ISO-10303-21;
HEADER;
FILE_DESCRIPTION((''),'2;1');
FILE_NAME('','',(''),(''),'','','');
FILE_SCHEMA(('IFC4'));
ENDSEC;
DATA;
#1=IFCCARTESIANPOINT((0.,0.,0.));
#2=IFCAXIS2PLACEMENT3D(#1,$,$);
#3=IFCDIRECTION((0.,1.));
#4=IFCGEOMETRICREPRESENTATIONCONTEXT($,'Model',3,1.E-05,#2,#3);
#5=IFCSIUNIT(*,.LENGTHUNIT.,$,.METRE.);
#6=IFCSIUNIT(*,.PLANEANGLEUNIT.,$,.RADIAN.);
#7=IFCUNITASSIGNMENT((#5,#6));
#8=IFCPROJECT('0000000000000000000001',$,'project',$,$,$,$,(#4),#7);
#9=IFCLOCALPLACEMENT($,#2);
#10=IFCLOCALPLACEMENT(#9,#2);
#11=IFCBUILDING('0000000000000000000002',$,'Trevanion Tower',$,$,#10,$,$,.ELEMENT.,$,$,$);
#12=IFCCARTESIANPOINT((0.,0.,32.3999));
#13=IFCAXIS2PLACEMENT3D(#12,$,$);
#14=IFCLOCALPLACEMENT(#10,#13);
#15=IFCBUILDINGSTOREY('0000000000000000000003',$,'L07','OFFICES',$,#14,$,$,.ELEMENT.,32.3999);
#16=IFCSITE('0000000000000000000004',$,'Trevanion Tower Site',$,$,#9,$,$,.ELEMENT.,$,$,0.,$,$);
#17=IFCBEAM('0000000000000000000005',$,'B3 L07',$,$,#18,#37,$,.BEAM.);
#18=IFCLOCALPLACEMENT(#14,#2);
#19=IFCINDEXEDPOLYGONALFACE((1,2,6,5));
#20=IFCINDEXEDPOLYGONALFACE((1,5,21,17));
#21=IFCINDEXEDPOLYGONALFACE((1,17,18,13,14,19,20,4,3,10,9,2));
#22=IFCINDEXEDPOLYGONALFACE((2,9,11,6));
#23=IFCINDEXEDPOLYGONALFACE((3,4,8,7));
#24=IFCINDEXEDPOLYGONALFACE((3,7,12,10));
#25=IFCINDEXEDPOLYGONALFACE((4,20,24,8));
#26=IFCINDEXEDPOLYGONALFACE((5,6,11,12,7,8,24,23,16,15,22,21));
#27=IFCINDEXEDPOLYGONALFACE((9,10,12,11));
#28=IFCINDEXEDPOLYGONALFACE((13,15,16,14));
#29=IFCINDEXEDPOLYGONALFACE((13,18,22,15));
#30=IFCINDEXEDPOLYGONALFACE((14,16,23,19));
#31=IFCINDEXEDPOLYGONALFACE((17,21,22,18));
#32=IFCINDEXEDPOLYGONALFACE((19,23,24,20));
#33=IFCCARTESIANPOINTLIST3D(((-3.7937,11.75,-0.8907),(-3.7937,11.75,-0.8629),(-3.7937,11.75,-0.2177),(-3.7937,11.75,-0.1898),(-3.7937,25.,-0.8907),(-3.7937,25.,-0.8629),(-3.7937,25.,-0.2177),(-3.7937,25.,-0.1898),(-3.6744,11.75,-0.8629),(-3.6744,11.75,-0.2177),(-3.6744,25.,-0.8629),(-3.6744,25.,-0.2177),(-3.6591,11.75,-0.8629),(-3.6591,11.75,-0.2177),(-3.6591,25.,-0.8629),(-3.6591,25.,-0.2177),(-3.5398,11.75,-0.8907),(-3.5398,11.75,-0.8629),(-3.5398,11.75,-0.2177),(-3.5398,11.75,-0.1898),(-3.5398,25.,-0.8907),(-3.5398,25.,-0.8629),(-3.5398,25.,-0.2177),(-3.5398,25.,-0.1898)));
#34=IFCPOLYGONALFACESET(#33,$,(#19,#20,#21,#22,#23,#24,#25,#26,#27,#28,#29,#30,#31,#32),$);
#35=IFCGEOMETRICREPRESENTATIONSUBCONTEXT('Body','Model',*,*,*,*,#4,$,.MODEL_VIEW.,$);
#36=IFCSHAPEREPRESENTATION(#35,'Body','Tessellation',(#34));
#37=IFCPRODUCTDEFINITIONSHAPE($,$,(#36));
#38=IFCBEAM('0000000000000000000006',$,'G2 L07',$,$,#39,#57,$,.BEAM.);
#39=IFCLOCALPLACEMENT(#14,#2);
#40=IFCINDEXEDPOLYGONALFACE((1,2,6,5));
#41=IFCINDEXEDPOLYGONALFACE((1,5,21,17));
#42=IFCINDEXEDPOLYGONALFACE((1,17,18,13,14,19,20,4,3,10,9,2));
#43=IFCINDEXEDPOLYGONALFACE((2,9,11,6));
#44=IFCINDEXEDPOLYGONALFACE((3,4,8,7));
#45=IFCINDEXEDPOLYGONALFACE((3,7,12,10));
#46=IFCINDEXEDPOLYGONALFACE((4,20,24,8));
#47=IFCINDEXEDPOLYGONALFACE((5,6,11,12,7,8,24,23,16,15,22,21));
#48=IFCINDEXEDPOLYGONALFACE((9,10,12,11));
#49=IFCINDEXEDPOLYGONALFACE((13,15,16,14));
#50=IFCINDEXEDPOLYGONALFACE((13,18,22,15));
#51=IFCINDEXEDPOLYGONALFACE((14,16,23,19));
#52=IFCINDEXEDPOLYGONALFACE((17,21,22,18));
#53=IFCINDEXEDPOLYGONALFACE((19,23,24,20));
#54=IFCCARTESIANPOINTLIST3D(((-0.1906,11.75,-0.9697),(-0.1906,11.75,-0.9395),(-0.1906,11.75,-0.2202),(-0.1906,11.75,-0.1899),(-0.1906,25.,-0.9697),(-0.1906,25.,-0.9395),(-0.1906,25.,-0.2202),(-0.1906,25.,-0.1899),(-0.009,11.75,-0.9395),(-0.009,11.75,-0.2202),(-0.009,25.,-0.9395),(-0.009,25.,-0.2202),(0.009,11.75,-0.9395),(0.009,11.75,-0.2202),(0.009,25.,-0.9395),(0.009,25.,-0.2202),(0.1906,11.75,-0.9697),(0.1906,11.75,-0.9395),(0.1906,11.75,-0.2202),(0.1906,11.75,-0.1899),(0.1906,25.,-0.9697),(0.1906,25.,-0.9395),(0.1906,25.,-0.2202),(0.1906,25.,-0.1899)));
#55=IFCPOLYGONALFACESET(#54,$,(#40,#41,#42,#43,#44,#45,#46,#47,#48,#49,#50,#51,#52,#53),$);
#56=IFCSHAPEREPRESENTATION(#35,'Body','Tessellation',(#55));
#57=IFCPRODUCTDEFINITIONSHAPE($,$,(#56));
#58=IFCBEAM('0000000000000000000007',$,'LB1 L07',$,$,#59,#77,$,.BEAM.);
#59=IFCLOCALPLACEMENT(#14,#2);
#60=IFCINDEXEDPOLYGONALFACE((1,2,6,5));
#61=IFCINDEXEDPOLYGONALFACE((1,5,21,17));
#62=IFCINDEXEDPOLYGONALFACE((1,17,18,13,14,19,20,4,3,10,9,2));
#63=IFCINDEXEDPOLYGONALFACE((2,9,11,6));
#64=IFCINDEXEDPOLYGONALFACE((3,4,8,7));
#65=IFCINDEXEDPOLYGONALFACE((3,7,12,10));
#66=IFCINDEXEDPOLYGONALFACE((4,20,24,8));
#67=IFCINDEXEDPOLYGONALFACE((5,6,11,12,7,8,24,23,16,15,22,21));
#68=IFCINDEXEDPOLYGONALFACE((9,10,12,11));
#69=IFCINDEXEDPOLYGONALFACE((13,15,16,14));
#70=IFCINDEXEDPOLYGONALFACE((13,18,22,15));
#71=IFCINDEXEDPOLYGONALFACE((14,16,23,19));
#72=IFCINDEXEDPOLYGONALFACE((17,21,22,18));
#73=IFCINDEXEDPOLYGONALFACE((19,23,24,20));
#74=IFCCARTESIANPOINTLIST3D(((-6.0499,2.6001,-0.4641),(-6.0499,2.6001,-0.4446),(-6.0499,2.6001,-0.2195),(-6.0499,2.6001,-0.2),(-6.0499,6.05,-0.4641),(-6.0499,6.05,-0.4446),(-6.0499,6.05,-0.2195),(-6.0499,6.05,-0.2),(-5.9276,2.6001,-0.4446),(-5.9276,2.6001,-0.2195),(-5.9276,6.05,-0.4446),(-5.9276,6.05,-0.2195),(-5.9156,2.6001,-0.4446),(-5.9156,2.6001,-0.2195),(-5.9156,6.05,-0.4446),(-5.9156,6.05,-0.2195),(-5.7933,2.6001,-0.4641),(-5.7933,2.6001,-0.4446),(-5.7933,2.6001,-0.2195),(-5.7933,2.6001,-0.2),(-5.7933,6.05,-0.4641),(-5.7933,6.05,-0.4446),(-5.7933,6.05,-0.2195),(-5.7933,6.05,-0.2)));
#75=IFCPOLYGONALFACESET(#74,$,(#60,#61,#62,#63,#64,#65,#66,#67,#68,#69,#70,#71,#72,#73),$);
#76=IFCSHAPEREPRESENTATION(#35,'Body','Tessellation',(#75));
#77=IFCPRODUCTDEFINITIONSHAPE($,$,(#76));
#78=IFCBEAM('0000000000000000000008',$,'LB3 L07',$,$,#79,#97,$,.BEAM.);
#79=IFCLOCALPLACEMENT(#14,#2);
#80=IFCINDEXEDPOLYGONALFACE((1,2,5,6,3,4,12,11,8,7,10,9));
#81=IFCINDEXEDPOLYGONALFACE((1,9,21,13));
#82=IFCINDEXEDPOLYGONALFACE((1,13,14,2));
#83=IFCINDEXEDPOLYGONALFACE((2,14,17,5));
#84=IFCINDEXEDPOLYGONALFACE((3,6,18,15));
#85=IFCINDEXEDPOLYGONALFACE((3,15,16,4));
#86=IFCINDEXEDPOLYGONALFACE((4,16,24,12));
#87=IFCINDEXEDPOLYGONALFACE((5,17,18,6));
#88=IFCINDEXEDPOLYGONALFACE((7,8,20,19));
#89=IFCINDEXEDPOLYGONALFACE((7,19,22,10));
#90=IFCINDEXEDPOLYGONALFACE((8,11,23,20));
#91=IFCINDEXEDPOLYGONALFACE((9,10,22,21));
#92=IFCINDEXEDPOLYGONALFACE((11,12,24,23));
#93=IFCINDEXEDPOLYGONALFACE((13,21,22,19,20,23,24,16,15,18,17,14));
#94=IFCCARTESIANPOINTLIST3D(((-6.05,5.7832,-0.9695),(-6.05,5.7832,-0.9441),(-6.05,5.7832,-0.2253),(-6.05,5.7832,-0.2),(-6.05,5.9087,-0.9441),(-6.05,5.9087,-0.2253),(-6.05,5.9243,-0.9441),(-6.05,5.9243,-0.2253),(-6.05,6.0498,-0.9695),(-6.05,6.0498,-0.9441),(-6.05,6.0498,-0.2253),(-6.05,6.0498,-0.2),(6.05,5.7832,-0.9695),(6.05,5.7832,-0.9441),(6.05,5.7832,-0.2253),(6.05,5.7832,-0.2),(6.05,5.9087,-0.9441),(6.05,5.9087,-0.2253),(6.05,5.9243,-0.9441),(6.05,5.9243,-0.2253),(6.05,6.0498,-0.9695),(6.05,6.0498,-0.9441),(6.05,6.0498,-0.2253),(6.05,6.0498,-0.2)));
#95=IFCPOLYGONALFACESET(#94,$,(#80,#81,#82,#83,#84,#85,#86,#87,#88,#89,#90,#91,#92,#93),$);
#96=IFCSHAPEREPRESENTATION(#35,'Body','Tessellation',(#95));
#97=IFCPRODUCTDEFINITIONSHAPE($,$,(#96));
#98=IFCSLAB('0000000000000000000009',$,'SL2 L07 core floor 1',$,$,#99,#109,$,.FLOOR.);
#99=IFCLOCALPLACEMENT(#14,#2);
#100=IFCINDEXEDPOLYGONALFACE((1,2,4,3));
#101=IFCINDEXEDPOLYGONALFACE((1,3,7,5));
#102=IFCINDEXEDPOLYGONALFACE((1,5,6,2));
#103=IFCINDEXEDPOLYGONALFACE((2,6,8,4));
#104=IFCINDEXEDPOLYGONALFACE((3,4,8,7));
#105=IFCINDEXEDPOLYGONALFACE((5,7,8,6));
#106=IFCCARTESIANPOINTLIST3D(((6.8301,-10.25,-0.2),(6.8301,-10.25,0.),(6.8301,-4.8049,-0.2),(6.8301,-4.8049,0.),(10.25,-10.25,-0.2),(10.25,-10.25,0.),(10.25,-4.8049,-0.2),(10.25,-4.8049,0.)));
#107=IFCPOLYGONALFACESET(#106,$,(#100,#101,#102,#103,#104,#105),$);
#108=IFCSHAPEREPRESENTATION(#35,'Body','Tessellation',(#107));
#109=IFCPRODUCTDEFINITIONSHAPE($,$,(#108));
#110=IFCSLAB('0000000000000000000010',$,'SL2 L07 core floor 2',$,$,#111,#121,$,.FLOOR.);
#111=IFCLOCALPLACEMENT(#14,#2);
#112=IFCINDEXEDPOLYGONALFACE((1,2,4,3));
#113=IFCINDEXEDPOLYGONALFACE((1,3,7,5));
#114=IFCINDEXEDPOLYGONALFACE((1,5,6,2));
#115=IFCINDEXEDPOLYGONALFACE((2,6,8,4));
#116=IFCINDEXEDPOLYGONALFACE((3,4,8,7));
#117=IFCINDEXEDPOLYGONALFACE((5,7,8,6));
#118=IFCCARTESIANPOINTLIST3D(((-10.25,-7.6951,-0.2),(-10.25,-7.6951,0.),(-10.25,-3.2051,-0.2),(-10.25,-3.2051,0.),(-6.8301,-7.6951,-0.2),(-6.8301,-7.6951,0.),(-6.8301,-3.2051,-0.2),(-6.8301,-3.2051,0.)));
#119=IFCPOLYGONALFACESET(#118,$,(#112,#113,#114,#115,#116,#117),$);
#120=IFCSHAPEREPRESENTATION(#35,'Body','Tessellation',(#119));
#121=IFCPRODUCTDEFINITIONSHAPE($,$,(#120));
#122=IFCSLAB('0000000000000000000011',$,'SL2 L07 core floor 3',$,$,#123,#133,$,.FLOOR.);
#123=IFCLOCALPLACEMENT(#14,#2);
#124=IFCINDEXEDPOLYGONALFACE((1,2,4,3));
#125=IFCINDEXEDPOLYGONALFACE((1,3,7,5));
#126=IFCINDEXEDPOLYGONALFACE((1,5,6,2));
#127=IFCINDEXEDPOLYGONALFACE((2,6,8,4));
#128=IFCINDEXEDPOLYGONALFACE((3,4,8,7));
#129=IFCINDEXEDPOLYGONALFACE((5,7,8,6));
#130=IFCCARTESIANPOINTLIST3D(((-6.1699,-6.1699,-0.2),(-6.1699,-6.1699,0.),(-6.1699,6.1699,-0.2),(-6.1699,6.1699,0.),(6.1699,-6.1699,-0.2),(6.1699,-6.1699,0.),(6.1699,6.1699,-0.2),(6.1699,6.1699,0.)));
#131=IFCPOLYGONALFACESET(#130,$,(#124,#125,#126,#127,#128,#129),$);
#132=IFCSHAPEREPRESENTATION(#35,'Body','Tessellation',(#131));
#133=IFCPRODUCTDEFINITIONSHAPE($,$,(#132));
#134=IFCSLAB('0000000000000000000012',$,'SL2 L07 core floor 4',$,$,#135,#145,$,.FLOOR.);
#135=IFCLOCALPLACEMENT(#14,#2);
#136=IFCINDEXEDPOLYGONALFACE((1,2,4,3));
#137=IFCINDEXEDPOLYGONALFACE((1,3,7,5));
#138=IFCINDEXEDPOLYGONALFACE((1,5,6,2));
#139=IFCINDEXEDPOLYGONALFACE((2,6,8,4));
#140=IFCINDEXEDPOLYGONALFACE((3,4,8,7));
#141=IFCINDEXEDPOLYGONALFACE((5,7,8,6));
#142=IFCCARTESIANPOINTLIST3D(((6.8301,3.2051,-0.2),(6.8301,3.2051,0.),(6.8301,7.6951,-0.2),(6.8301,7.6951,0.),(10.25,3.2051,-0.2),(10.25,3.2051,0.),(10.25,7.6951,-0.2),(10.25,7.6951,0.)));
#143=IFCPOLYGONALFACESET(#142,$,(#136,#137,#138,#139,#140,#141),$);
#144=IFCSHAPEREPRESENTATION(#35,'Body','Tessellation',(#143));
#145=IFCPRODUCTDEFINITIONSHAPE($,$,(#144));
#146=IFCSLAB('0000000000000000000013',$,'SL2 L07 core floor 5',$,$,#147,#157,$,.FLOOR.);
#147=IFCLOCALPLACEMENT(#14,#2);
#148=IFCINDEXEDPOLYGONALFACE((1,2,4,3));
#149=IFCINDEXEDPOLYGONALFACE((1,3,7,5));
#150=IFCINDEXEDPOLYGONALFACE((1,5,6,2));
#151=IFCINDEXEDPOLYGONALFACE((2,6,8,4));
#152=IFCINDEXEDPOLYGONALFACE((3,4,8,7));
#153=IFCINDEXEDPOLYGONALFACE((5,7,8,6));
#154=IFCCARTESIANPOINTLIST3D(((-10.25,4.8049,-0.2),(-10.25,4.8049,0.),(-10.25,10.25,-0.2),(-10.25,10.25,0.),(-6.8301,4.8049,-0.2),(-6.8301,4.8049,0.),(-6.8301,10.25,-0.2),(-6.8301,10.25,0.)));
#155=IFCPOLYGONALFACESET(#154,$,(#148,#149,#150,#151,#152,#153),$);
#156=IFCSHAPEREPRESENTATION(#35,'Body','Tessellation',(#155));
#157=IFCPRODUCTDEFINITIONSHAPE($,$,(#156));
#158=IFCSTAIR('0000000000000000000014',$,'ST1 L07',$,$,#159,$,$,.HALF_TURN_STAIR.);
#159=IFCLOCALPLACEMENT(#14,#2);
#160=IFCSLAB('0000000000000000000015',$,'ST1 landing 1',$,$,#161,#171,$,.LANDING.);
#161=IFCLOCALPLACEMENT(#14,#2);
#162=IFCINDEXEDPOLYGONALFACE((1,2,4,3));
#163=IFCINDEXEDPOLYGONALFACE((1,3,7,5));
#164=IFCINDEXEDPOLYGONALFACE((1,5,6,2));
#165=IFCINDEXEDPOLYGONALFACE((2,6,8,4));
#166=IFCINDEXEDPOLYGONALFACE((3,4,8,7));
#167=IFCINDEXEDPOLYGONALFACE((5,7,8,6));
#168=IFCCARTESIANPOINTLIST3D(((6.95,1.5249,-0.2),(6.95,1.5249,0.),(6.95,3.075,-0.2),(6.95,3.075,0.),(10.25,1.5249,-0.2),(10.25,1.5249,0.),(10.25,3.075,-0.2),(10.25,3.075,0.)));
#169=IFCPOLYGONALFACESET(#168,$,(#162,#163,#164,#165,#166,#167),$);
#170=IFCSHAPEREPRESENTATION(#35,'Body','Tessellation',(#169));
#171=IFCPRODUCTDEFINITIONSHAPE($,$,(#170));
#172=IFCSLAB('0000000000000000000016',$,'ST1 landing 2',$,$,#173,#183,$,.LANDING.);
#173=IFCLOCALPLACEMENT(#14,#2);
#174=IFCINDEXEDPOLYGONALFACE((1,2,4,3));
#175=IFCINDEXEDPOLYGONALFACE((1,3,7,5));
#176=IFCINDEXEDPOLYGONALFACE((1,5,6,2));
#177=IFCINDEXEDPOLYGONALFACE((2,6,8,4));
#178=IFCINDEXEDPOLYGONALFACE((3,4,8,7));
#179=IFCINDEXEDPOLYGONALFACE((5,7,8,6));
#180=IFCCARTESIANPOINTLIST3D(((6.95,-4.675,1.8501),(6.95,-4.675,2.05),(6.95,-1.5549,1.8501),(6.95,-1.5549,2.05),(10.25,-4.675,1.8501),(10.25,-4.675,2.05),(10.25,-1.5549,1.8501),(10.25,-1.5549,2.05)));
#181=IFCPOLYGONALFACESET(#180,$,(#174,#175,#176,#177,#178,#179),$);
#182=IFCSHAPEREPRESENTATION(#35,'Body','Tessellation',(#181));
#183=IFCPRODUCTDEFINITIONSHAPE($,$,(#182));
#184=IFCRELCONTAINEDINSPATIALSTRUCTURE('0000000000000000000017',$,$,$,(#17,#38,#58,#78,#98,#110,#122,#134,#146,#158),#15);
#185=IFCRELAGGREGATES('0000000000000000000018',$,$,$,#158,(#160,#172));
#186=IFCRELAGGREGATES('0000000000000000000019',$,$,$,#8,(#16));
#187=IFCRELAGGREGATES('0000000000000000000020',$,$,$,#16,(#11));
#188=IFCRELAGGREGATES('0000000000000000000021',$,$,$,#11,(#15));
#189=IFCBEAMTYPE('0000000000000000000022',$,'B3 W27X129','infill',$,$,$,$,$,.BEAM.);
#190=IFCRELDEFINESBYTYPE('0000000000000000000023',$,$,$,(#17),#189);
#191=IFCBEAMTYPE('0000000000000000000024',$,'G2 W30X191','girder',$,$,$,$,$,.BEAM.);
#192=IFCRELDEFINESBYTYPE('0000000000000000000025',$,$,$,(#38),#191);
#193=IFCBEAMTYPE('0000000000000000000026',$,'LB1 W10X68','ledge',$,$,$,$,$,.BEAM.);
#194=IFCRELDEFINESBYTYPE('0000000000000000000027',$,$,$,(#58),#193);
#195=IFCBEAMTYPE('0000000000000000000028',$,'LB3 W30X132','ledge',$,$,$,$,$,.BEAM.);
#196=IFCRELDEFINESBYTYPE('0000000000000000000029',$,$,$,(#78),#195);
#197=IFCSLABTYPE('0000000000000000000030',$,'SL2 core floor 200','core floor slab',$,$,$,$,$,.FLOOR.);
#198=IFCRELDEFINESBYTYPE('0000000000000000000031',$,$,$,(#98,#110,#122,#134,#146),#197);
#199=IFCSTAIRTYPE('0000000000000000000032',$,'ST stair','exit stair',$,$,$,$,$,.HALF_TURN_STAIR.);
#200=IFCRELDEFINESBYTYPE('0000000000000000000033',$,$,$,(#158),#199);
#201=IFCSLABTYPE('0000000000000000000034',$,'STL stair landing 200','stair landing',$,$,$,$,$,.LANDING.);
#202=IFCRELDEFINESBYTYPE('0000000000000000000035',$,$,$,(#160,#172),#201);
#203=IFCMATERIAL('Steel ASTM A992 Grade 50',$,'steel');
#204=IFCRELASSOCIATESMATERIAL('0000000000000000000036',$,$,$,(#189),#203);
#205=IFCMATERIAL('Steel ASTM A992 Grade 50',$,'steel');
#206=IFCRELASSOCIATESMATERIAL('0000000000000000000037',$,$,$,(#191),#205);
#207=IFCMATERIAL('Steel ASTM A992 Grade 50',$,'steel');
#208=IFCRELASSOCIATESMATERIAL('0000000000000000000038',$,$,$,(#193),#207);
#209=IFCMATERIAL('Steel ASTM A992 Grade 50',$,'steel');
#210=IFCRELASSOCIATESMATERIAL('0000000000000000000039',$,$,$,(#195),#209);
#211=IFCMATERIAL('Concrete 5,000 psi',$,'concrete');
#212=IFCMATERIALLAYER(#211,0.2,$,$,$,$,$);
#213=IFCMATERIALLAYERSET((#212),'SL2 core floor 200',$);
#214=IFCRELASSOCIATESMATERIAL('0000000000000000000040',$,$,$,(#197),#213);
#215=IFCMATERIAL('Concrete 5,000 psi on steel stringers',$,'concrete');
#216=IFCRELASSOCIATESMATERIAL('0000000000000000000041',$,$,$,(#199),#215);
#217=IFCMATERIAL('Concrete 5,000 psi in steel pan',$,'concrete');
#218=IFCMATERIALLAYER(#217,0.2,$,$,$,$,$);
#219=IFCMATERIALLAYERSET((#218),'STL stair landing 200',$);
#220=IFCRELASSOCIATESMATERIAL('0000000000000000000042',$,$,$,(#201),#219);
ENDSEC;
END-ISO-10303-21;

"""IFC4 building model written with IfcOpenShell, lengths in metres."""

from ifc_helpers import new_model, si_unit, direction, frame, origin, origin_2d, place, context, subcontext, project, spatial, polyline, i_section, outline, extrude, material, layer, layer_set, material_profile, profile_set, type_object, element, aggregate, save


model = new_model("IFC4")

# Units and contexts
model_context = context("Model", 3, precision=1e-05, world=origin(), true_north=direction((0.0, 1.0)))
body_context = subcontext(model_context, "Body", "Model", "MODEL_VIEW")
ifc_project = project(units=[si_unit("LENGTHUNIT", "METRE"), si_unit("PLANEANGLEUNIT", "RADIAN")], contexts=[model_context])

# Site, building, storey
site_placement = place(None, origin())
site = spatial("IfcSite", under=ifc_project, at=site_placement, Name="Trevanion Tower Site", CompositionType="ELEMENT", RefElevation=0.0)
building_placement = place(site_placement, origin())
building = spatial("IfcBuilding", under=site, at=building_placement, Name="Trevanion Tower", CompositionType="ELEMENT")
storey_placement = place(building_placement, frame((0.0, 0.0, 32.3999)))
storey = spatial("IfcBuildingStorey", under=building, at=storey_placement, Name="L07", Description="OFFICES", CompositionType="ELEMENT", Elevation=32.3999)

# Beams
ifc_material_1 = material(Name="Steel ASTM A992 Grade 50", Category="steel")
ifc_material_profile_1 = material_profile(ifc_material_1, i_section(OverallWidth=0.2539, OverallDepth=0.7009, WebThickness=0.0154, FlangeThickness=0.0278, at=origin_2d()), Name="W27X129")
ifc_profile_set_1 = profile_set([ifc_material_profile_1], Name="Steel ASTM A992 Grade 50")
beam_type_1 = type_object("IfcBeamType", Name="B3 W27X129", Description="infill", PredefinedType="BEAM", material=ifc_profile_set_1)
beam_1_placement = place(storey_placement, frame((-3.6667, 11.75, -0.5403), z_axis=(0.0, 1.0, 0.0), x_axis=(-1.0, 0.0, 0.0)))
element("IfcBeam", 1, at=beam_1_placement, inside=storey, type_object=beam_type_1, Name="B3 L07", PredefinedType="BEAM", context=body_context, shape_type="SweptSolid", body=[
    extrude(i_section(OverallWidth=0.2539, OverallDepth=0.7009, WebThickness=0.0154, FlangeThickness=0.0278, at=origin_2d()), origin(), (0.0, 0.0, 1.0), 13.25),
])
ifc_material_2 = material(Name="Steel ASTM A992 Grade 50", Category="steel")
ifc_material_profile_2 = material_profile(ifc_material_2, i_section(OverallWidth=0.3811, OverallDepth=0.7798, WebThickness=0.0181, FlangeThickness=0.0303, at=origin_2d()), Name="W30X191")
ifc_profile_set_2 = profile_set([ifc_material_profile_2], Name="Steel ASTM A992 Grade 50")
beam_type_2 = type_object("IfcBeamType", Name="G2 W30X191", Description="girder", PredefinedType="BEAM", material=ifc_profile_set_2)
beam_2_placement = place(storey_placement, frame((0.0, 11.75, -0.5798), z_axis=(0.0, 1.0, 0.0), x_axis=(-1.0, 0.0, 0.0)))
element("IfcBeam", 2, at=beam_2_placement, inside=storey, type_object=beam_type_2, Name="G2 L07", PredefinedType="BEAM", context=body_context, shape_type="SweptSolid", body=[
    extrude(i_section(OverallWidth=0.3811, OverallDepth=0.7798, WebThickness=0.0181, FlangeThickness=0.0303, at=origin_2d()), origin(), (0.0, 0.0, 1.0), 13.25),
])
ifc_material_3 = material(Name="Steel ASTM A992 Grade 50", Category="steel")
ifc_material_profile_3 = material_profile(ifc_material_3, i_section(OverallWidth=0.2566, OverallDepth=0.2642, WebThickness=0.012, FlangeThickness=0.0195, at=origin_2d()), Name="W10X68")
ifc_profile_set_3 = profile_set([ifc_material_profile_3], Name="Steel ASTM A992 Grade 50")
beam_type_3 = type_object("IfcBeamType", Name="LB1 W10X68", Description="ledge", PredefinedType="BEAM", material=ifc_profile_set_3)
beam_3_placement = place(storey_placement, frame((-5.9216, 2.6001, -0.332), z_axis=(0.0, 1.0, 0.0), x_axis=(-1.0, 0.0, 0.0)))
element("IfcBeam", 3, at=beam_3_placement, inside=storey, type_object=beam_type_3, Name="LB1 L07", PredefinedType="BEAM", context=body_context, shape_type="SweptSolid", body=[
    extrude(i_section(OverallWidth=0.2566, OverallDepth=0.2642, WebThickness=0.012, FlangeThickness=0.0195, at=origin_2d()), origin(), (0.0, 0.0, 1.0), 3.45),
])
ifc_material_4 = material(Name="Steel ASTM A992 Grade 50", Category="steel")
ifc_material_profile_4 = material_profile(ifc_material_4, i_section(OverallWidth=0.2666, OverallDepth=0.7695, WebThickness=0.0156, FlangeThickness=0.0254, at=origin_2d()), Name="W30X132")
ifc_profile_set_4 = profile_set([ifc_material_profile_4], Name="Steel ASTM A992 Grade 50")
beam_type_4 = type_object("IfcBeamType", Name="LB3 W30X132", Description="ledge", PredefinedType="BEAM", material=ifc_profile_set_4)
beam_4_placement = place(storey_placement, frame((-6.05, 5.9165, -0.5847), z_axis=(1.0, 0.0, 0.0), x_axis=(0.0, 1.0, 0.0)))
element("IfcBeam", 4, at=beam_4_placement, inside=storey, type_object=beam_type_4, Name="LB3 L07", PredefinedType="BEAM", context=body_context, shape_type="SweptSolid", body=[
    extrude(i_section(OverallWidth=0.2666, OverallDepth=0.7695, WebThickness=0.0156, FlangeThickness=0.0254, at=origin_2d()), origin(), (0.0, 0.0, 1.0), 12.1001),
])

# Slabs
ifc_material_5 = material(Name="Concrete 5,000 psi", Category="concrete")
ifc_layer_1 = layer(ifc_material_5, 0.2)
ifc_layer_set_1 = layer_set([ifc_layer_1], Name="SL2 core floor 200")
slab_type_1 = type_object("IfcSlabType", Name="SL2 core floor 200", Description="core floor slab", PredefinedType="FLOOR", material=ifc_layer_set_1)
slab_1_placement = place(storey_placement, frame((0.0, 0.0, -0.2)))
element("IfcSlab", 5, at=slab_1_placement, inside=storey, type_object=slab_type_1, Name="SL2 L07 core floor 1", PredefinedType="FLOOR", context=body_context, shape_type="SweptSolid", body=[
    extrude(outline(polyline([(10.25, -4.8049), (10.25, -10.25), (6.8301, -10.25), (6.8301, -4.8049), (10.25, -4.8049)])), origin(), (0.0, 0.0, 1.0), 0.2),
])
slab_2_placement = place(storey_placement, frame((0.0, 0.0, -0.2)))
element("IfcSlab", 6, at=slab_2_placement, inside=storey, type_object=slab_type_1, Name="SL2 L07 core floor 2", PredefinedType="FLOOR", context=body_context, shape_type="SweptSolid", body=[
    extrude(outline(polyline([(-6.8301, -3.2051), (-6.8301, -7.6951), (-10.25, -7.6951), (-10.25, -3.2051), (-6.8301, -3.2051)])), origin(), (0.0, 0.0, 1.0), 0.2),
])
slab_3_placement = place(storey_placement, frame((0.0, 0.0, -0.2)))
element("IfcSlab", 7, at=slab_3_placement, inside=storey, type_object=slab_type_1, Name="SL2 L07 core floor 3", PredefinedType="FLOOR", context=body_context, shape_type="SweptSolid", body=[
    extrude(outline(polyline([(6.1699, -6.1699), (-6.1699, -6.1699), (-6.1699, 6.1699), (6.1699, 6.1699), (6.1699, -6.1699)])), origin(), (0.0, 0.0, 1.0), 0.2),
])
slab_4_placement = place(storey_placement, frame((0.0, 0.0, -0.2)))
element("IfcSlab", 8, at=slab_4_placement, inside=storey, type_object=slab_type_1, Name="SL2 L07 core floor 4", PredefinedType="FLOOR", context=body_context, shape_type="SweptSolid", body=[
    extrude(outline(polyline([(6.8301, 3.2051), (6.8301, 7.6951), (10.25, 7.6951), (10.25, 3.2051), (6.8301, 3.2051)])), origin(), (0.0, 0.0, 1.0), 0.2),
])
slab_5_placement = place(storey_placement, frame((0.0, 0.0, -0.2)))
element("IfcSlab", 9, at=slab_5_placement, inside=storey, type_object=slab_type_1, Name="SL2 L07 core floor 5", PredefinedType="FLOOR", context=body_context, shape_type="SweptSolid", body=[
    extrude(outline(polyline([(-6.8301, 4.8049), (-10.25, 4.8049), (-10.25, 10.25), (-6.8301, 10.25), (-6.8301, 4.8049)])), origin(), (0.0, 0.0, 1.0), 0.2),
])

# Stair, slabs
ifc_material_6 = material(Name="Concrete 5,000 psi on steel stringers", Category="concrete")
stair_type = type_object("IfcStairType", Name="ST stair", Description="exit stair", PredefinedType="HALF_TURN_STAIR", material=ifc_material_6)
stair_1_placement = place(storey_placement, origin())
stair_1 = element("IfcStair", 10, at=stair_1_placement, inside=storey, type_object=stair_type, Name="ST1 L07", PredefinedType="HALF_TURN_STAIR")
ifc_material_7 = material(Name="Concrete 5,000 psi in steel pan", Category="concrete")
ifc_layer_2 = layer(ifc_material_7, 0.2)
ifc_layer_set_2 = layer_set([ifc_layer_2], Name="STL stair landing 200")
slab_type_2 = type_object("IfcSlabType", Name="STL stair landing 200", Description="stair landing", PredefinedType="LANDING", material=ifc_layer_set_2)
slab_6_placement = place(storey_placement, frame((0.0, 0.0, -0.2)))
slab_6 = element("IfcSlab", 11, at=slab_6_placement, type_object=slab_type_2, Name="ST1 landing 1", PredefinedType="LANDING", context=body_context, shape_type="SweptSolid", body=[
    extrude(outline(polyline([(6.95, 1.5249), (10.25, 1.5249), (10.25, 3.075), (6.95, 3.075), (6.95, 1.5249)])), origin(), (0.0, 0.0, 1.0), 0.2),
])
slab_7_placement = place(storey_placement, frame((0.0, 0.0, 1.8501)))
slab_7 = element("IfcSlab", 12, at=slab_7_placement, type_object=slab_type_2, Name="ST1 landing 2", PredefinedType="LANDING", context=body_context, shape_type="SweptSolid", body=[
    extrude(outline(polyline([(6.95, -4.675), (10.25, -4.675), (10.25, -1.5549), (6.95, -1.5549), (6.95, -4.675)])), origin(), (0.0, 0.0, 1.0), 0.2),
])
aggregate(stair_1, [slab_6, slab_7])

save(model, "model.ifc")
